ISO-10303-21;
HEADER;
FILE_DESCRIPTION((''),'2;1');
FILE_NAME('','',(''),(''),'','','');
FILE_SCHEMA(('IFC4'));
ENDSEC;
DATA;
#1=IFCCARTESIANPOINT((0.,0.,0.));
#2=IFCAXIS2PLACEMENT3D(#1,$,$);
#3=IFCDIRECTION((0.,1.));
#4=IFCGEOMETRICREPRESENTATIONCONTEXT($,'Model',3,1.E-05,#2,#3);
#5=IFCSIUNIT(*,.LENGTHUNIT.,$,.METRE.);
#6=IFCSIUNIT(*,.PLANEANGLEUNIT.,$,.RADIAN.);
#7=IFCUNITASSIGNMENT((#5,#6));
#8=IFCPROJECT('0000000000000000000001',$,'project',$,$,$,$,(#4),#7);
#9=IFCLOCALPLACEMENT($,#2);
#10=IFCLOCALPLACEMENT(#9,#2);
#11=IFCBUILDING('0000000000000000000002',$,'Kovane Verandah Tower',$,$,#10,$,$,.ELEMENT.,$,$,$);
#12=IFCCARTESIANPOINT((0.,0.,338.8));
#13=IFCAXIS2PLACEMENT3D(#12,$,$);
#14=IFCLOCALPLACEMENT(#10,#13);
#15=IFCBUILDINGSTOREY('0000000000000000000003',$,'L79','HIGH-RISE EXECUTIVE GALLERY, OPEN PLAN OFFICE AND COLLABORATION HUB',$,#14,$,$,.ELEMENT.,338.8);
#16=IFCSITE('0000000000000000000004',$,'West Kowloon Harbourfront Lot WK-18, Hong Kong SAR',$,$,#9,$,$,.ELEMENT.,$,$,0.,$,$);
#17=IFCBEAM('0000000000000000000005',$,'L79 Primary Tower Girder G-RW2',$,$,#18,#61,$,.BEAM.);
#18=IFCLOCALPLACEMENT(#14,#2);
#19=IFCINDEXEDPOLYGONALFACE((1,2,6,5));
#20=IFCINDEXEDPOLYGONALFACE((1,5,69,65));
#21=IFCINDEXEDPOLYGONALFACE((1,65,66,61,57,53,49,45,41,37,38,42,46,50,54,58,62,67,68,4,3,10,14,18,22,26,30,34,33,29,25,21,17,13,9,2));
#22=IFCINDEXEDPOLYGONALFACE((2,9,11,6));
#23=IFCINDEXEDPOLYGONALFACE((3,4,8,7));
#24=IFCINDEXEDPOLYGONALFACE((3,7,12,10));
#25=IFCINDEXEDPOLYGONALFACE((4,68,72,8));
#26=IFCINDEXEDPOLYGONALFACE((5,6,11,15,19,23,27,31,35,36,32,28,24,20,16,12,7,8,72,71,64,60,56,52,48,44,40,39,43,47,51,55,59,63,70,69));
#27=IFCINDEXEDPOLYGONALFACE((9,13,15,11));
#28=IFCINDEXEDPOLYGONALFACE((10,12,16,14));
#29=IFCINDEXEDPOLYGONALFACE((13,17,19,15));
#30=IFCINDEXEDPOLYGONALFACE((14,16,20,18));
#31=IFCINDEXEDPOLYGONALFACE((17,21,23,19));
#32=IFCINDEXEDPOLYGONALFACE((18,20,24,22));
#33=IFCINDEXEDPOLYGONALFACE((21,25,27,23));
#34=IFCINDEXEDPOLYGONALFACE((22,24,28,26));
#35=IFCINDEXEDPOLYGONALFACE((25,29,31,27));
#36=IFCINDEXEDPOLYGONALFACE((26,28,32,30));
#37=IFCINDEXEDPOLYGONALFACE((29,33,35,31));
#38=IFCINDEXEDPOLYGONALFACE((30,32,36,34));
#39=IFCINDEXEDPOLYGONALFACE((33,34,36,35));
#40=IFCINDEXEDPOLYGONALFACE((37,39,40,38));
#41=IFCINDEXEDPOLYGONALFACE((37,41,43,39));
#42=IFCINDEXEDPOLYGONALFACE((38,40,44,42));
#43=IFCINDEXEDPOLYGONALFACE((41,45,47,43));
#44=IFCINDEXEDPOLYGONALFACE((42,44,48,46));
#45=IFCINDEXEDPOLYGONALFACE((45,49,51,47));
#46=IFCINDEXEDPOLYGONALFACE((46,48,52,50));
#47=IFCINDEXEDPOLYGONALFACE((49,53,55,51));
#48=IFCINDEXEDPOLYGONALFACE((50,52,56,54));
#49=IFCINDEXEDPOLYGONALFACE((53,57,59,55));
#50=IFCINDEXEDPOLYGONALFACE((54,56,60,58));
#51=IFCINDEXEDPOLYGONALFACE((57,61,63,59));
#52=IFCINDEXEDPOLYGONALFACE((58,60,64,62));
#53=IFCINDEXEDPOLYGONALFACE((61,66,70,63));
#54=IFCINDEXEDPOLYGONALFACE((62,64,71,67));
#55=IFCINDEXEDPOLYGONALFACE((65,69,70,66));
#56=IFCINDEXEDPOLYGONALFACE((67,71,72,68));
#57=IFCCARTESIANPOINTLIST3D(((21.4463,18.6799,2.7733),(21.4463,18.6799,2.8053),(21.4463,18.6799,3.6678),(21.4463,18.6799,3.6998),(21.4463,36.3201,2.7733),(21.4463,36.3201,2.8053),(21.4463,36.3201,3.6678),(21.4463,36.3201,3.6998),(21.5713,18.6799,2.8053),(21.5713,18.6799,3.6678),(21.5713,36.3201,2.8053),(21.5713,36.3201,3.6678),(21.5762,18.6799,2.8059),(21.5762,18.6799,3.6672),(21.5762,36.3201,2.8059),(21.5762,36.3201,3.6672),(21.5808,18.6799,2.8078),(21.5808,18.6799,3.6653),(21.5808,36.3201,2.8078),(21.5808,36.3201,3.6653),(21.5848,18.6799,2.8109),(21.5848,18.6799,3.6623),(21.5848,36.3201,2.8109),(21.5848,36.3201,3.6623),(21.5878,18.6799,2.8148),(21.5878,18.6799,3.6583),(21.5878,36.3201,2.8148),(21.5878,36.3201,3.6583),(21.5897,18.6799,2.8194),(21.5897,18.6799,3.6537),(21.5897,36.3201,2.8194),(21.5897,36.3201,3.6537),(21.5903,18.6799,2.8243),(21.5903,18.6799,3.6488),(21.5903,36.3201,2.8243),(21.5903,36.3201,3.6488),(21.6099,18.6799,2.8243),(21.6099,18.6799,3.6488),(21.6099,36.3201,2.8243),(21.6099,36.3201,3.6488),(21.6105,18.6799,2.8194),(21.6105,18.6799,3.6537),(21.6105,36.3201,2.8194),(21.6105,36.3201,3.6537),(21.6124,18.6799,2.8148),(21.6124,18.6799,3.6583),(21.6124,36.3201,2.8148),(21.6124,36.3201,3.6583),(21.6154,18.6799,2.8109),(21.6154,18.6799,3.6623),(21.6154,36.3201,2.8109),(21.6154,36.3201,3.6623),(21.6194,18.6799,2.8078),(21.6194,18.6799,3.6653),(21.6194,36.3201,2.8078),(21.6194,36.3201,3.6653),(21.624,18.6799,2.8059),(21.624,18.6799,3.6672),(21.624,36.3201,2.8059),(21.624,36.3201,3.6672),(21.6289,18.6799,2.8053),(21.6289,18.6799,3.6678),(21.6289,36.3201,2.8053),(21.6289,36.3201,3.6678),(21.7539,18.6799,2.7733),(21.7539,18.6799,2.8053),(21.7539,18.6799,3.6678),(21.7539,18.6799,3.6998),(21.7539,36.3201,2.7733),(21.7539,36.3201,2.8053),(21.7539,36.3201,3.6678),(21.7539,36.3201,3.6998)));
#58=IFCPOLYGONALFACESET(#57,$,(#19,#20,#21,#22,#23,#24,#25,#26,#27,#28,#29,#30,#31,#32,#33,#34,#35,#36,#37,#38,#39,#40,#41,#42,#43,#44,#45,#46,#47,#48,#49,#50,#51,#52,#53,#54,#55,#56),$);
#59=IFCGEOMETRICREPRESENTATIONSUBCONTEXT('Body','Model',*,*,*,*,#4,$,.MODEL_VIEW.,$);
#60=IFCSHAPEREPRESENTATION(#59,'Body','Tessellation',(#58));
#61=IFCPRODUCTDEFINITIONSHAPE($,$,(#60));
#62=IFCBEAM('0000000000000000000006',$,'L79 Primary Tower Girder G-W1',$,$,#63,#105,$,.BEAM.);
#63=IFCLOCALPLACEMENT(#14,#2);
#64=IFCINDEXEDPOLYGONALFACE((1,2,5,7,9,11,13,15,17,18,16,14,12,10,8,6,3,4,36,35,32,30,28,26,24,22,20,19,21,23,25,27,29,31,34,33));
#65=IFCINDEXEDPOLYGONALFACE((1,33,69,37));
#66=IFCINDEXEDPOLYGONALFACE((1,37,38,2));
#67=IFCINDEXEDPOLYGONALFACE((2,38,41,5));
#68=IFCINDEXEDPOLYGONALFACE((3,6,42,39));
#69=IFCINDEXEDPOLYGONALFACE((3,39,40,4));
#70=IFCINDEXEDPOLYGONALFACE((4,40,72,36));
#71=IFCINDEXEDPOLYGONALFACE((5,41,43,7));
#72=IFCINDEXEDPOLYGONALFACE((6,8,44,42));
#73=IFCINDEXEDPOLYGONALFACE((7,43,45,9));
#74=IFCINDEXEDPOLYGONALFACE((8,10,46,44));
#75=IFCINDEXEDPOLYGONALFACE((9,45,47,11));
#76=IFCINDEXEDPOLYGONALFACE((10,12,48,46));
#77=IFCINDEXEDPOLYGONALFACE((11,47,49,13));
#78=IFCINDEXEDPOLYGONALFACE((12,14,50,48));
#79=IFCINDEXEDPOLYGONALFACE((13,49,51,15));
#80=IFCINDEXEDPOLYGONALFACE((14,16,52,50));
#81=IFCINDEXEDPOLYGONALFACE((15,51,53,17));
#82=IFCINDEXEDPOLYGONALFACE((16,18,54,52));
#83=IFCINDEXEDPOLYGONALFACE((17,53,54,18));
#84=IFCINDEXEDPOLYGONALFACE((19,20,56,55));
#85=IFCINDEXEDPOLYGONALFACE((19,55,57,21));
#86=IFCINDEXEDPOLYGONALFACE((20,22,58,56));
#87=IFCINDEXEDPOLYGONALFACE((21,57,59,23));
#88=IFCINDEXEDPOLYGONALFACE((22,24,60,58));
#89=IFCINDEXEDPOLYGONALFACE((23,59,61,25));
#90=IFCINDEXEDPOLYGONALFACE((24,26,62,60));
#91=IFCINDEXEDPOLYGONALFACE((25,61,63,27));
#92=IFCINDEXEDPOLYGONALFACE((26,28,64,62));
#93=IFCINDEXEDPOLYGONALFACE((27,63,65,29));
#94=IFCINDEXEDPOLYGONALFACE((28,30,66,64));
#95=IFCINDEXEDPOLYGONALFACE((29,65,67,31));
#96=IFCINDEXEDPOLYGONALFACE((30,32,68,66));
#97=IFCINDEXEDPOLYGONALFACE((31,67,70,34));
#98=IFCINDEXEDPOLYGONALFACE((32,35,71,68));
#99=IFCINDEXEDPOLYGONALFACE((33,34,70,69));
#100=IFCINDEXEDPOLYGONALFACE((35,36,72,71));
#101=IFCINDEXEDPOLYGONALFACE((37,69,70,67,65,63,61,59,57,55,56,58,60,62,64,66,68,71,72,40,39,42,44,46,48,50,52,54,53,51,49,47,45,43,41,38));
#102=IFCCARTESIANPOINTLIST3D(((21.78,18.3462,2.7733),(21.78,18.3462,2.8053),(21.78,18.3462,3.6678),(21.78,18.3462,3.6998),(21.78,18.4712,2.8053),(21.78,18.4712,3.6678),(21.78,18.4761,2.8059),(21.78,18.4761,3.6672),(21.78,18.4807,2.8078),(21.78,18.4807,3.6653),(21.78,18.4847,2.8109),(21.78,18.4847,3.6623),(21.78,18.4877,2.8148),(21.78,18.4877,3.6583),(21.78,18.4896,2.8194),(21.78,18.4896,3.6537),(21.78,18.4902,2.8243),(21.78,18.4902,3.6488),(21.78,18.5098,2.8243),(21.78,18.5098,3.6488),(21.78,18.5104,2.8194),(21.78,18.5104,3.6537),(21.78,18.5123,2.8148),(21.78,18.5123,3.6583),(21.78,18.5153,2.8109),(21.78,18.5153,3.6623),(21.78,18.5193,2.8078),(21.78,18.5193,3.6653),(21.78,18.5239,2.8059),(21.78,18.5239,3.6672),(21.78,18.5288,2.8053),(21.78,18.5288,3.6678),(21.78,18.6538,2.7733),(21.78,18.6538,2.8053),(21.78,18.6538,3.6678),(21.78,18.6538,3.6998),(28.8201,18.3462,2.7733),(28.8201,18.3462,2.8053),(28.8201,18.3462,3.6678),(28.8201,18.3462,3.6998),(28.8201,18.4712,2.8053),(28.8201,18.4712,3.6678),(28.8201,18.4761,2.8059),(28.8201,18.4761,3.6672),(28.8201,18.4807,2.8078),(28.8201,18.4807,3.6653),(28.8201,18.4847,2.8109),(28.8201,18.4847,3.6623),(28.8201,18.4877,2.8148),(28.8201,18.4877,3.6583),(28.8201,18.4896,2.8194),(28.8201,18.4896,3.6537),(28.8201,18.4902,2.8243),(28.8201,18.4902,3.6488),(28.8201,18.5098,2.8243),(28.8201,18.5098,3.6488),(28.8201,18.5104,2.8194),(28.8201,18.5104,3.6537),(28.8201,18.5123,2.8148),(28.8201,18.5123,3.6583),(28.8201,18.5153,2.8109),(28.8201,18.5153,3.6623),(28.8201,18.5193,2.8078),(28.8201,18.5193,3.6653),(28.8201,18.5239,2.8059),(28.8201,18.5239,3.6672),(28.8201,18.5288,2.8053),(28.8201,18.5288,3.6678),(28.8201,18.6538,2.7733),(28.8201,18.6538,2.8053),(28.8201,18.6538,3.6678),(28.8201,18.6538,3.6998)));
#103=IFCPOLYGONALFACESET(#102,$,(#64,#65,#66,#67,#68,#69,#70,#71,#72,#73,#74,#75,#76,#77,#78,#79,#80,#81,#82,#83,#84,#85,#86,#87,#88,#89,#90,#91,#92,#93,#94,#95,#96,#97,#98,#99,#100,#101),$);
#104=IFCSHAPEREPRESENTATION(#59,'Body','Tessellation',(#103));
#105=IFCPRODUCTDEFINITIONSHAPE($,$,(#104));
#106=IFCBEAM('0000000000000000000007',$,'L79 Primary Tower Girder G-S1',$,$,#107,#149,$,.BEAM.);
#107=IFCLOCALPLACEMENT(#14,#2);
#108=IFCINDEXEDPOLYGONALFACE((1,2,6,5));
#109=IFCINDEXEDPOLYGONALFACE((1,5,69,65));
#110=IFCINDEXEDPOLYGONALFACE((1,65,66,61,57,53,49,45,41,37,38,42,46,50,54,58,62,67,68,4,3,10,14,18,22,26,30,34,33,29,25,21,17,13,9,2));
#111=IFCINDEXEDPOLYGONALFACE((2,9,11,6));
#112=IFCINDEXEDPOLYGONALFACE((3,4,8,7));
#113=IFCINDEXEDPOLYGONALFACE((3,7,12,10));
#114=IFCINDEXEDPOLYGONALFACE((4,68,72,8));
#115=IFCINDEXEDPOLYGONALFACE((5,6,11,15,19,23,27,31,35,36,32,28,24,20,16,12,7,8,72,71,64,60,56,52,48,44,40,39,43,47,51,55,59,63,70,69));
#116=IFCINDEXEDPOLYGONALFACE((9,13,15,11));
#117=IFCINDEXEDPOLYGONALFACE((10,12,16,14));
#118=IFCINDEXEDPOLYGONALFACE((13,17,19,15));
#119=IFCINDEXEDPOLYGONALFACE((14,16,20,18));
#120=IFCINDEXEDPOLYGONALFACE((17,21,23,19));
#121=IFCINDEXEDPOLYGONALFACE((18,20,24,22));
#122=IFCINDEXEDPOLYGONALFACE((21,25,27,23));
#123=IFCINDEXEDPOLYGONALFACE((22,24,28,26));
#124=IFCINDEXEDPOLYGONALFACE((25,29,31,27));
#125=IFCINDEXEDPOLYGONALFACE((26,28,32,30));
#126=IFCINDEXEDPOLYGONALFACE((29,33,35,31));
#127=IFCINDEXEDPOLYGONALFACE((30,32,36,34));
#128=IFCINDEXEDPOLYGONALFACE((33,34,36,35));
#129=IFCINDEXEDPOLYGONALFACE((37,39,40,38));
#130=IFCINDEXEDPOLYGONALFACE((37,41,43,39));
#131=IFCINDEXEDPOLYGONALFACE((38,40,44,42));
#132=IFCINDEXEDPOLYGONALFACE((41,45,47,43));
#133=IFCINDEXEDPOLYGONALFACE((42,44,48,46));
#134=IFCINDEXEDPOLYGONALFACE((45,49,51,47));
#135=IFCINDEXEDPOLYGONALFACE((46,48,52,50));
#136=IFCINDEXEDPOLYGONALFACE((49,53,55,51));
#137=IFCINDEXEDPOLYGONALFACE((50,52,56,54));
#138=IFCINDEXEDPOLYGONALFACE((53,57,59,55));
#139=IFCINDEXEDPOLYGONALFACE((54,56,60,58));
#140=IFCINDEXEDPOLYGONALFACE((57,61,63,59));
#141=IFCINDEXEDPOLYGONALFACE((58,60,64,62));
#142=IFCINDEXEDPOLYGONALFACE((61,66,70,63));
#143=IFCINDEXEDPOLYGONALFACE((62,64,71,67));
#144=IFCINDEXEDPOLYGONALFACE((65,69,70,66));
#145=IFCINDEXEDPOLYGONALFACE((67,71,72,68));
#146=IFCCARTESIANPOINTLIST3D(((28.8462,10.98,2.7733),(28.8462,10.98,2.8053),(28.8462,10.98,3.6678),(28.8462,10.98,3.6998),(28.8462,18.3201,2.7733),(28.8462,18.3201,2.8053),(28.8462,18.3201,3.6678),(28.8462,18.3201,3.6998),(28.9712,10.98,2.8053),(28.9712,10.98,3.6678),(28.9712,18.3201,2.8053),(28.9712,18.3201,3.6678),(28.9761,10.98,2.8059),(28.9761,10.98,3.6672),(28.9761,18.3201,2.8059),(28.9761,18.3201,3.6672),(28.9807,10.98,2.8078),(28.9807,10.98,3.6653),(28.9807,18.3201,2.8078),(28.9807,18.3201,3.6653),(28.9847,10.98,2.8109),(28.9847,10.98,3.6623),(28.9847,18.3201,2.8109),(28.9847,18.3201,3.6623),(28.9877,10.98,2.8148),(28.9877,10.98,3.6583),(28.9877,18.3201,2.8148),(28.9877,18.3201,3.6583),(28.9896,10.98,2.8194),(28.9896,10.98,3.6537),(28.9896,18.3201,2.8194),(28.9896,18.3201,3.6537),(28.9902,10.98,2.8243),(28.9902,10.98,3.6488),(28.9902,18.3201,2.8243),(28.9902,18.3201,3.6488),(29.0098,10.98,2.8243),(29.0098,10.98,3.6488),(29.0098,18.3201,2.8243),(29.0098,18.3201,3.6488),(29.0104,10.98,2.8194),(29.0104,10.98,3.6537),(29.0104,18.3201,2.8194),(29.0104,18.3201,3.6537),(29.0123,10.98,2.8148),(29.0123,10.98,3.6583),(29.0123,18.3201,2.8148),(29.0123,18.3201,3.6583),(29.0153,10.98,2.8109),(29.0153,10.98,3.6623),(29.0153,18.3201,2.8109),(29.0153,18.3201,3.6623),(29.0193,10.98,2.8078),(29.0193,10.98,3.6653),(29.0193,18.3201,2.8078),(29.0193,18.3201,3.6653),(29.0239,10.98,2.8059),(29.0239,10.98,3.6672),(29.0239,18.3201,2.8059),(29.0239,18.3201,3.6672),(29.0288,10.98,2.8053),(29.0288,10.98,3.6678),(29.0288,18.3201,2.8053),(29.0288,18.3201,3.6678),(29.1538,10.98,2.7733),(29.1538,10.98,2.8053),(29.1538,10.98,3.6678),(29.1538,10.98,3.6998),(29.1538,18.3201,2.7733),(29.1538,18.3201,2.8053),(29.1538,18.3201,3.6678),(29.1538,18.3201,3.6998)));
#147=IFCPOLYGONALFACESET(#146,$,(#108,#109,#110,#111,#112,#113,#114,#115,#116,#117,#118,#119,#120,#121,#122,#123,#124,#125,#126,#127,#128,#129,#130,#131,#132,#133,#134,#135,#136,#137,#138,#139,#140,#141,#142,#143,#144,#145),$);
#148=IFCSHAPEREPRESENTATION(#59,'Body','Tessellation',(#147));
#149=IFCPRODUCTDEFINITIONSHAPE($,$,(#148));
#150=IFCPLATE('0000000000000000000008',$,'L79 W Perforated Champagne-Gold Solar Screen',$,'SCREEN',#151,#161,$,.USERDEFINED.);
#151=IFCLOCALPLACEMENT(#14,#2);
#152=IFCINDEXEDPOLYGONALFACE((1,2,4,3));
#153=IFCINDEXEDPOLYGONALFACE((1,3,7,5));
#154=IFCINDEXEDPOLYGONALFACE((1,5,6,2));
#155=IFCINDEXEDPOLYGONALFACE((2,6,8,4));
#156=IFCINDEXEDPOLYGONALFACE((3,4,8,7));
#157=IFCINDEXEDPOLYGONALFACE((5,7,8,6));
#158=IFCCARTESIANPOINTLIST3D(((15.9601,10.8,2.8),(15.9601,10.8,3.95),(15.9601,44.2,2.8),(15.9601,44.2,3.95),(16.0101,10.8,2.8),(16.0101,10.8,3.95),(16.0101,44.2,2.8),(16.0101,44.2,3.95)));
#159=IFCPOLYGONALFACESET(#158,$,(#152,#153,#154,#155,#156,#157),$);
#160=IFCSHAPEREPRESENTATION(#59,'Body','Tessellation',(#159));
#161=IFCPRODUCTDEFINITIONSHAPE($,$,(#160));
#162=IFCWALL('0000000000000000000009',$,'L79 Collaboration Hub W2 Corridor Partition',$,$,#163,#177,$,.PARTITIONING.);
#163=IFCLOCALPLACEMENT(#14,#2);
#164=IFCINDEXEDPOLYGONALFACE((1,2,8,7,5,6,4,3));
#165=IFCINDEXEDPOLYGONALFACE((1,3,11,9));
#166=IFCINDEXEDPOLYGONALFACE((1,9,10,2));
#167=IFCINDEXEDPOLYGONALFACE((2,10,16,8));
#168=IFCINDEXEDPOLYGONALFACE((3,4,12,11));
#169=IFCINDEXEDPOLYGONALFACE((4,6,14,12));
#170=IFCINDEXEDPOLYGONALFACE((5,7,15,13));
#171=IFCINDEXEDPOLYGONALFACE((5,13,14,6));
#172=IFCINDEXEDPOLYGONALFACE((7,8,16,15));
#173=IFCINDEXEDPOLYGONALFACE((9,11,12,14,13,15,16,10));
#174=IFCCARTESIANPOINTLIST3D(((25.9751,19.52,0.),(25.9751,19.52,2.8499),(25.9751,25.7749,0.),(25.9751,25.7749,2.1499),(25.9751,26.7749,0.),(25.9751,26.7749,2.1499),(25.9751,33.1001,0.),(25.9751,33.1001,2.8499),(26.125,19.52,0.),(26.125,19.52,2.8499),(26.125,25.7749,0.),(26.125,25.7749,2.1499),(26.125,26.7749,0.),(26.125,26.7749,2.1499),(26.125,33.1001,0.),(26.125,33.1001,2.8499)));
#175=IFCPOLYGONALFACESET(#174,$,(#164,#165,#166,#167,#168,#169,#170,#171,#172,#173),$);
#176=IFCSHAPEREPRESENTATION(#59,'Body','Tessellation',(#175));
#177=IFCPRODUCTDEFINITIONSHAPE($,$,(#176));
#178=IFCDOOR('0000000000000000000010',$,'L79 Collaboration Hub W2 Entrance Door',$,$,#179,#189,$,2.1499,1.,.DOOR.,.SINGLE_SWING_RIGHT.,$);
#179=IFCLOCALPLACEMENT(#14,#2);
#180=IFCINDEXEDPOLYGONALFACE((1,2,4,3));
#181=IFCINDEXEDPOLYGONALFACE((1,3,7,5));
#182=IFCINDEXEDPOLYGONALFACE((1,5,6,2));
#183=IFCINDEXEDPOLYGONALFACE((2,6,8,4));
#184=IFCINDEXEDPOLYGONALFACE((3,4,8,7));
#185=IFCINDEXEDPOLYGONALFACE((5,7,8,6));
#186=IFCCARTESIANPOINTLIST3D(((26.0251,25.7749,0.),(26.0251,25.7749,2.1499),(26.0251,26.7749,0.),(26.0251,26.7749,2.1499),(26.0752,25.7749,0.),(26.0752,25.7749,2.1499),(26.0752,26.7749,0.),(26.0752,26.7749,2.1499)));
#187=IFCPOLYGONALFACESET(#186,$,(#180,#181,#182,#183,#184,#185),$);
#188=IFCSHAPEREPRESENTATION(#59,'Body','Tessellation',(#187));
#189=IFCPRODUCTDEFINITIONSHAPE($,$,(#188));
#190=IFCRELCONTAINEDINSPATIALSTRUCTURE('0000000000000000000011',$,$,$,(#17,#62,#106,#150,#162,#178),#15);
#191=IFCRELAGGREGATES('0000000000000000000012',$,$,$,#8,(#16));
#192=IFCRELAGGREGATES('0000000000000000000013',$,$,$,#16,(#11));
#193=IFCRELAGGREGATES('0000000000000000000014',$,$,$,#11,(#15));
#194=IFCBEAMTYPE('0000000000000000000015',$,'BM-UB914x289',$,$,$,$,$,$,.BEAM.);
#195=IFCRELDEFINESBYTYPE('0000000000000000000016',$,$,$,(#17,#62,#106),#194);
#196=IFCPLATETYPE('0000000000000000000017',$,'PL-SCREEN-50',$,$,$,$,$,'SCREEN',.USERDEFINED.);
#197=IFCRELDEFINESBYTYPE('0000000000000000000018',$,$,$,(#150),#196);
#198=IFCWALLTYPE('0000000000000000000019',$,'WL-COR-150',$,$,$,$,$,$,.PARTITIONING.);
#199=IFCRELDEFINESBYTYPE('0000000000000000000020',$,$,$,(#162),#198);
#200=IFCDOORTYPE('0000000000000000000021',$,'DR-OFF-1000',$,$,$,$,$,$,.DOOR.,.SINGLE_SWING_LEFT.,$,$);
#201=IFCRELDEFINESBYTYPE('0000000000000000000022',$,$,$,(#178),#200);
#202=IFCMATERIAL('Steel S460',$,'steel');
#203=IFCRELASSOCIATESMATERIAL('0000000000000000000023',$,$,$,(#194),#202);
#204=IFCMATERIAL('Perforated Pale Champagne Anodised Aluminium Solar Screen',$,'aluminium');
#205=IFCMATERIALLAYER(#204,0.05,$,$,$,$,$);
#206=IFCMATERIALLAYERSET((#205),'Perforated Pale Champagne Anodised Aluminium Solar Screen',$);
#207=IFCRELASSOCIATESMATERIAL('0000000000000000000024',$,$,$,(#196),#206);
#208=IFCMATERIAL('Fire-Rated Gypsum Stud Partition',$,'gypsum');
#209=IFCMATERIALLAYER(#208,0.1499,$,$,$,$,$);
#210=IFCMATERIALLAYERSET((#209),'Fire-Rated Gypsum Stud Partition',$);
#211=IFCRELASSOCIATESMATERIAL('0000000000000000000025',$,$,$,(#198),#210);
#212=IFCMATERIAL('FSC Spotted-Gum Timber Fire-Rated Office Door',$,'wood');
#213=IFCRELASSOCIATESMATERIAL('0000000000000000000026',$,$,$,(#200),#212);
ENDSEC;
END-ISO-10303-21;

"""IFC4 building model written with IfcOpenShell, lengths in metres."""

from ifc_helpers import new_model, si_unit, direction, frame, frame_2d, origin, origin_2d, place, context, subcontext, project, spatial, rectangle, i_section, extrude, material, layer, layer_set, material_profile, profile_set, type_object, element, fill, save


model = new_model("IFC4")

# Units and contexts
model_context = context("Model", 3, precision=1e-05, world=origin(), true_north=direction((0.0, 1.0)))
body_context = subcontext(model_context, "Body", "Model", "MODEL_VIEW")
ifc_project = project(units=[si_unit("LENGTHUNIT", "METRE"), si_unit("PLANEANGLEUNIT", "RADIAN")], contexts=[model_context])

# Site, building, storey
site_placement = place(None, origin())
site = spatial("IfcSite", under=ifc_project, at=site_placement, Name="West Kowloon Harbourfront Lot WK-18, Hong Kong SAR", CompositionType="ELEMENT", RefElevation=0.0)
building_placement = place(site_placement, origin())
building = spatial("IfcBuilding", under=site, at=building_placement, Name="Kovane Verandah Tower", CompositionType="ELEMENT")
storey_placement = place(building_placement, frame((0.0, 0.0, 338.8)))
storey = spatial("IfcBuildingStorey", under=building, at=storey_placement, Name="L79", Description="HIGH-RISE EXECUTIVE GALLERY, OPEN PLAN OFFICE AND COLLABORATION HUB", CompositionType="ELEMENT", Elevation=338.8)

# Shared definitions
ifc_material_1 = material(Name="Steel S460", Category="steel")

# Beams
ifc_material_profile_1 = material_profile(ifc_material_1, i_section(OverallWidth=0.3076, OverallDepth=0.9265, WebThickness=0.0195, FlangeThickness=0.032, FilletRadius=0.019, at=origin_2d()), Name="UB914x305x289")
ifc_profile_set_1 = profile_set([ifc_material_profile_1], Name="Steel S460")
beam_type_1 = type_object("IfcBeamType", Name="BM-UB914x289", PredefinedType="BEAM", material=ifc_profile_set_1)
beam_1_placement = place(storey_placement, frame((21.6001, 18.6799, 3.2366), z_axis=(0.0, 1.0, 0.0), x_axis=(-1.0, 0.0, 0.0)))
element("IfcBeam", 1, at=beam_1_placement, inside=storey, type_object=beam_type_1, Name="L79 Primary Tower Girder G-RW2", PredefinedType="BEAM", context=body_context, shape_type="SweptSolid", body=[
    extrude(i_section(OverallWidth=0.3076, OverallDepth=0.9265, WebThickness=0.0195, FlangeThickness=0.032, FilletRadius=0.019, at=origin_2d()), origin(), (0.0, 0.0, 1.0), 17.6401),
])
beam_2_placement = place(storey_placement, frame((28.8201, 18.5, 3.2366), z_axis=(-1.0, 0.0, 0.0), x_axis=(0.0, -1.0, 0.0)))
element("IfcBeam", 2, at=beam_2_placement, inside=storey, type_object=beam_type_1, Name="L79 Primary Tower Girder G-W1", PredefinedType="BEAM", context=body_context, shape_type="SweptSolid", body=[
    extrude(i_section(OverallWidth=0.3076, OverallDepth=0.9265, WebThickness=0.0195, FlangeThickness=0.032, FilletRadius=0.019, at=origin_2d()), origin(), (0.0, 0.0, 1.0), 7.04),
])
beam_3_placement = place(storey_placement, frame((29.0, 18.3201, 3.2366), z_axis=(0.0, -1.0, 0.0), x_axis=(1.0, 0.0, 0.0)))
element("IfcBeam", 3, at=beam_3_placement, inside=storey, type_object=beam_type_1, Name="L79 Primary Tower Girder G-S1", PredefinedType="BEAM", context=body_context, shape_type="SweptSolid", body=[
    extrude(i_section(OverallWidth=0.3076, OverallDepth=0.9265, WebThickness=0.0195, FlangeThickness=0.032, FilletRadius=0.019, at=origin_2d()), origin(), (0.0, 0.0, 1.0), 7.3401),
])

# Plate
ifc_material_2 = material(Name="Perforated Pale Champagne Anodised Aluminium Solar Screen", Category="aluminium")
ifc_layer_1 = layer(ifc_material_2, 0.05)
ifc_layer_set_1 = layer_set([ifc_layer_1], Name="Perforated Pale Champagne Anodised Aluminium Solar Screen")
plate_type = type_object("IfcPlateType", Name="PL-SCREEN-50", ElementType="SCREEN", PredefinedType="USERDEFINED", material=ifc_layer_set_1)
plate_placement = place(storey_placement, frame((15.9851, 27.5, 2.8), z_axis=(0.0, 0.0, 1.0), x_axis=(0.0, -1.0, 0.0)))
element("IfcPlate", 4, at=plate_placement, inside=storey, type_object=plate_type, Name="L79 W Perforated Champagne-Gold Solar Screen", ObjectType="SCREEN", PredefinedType="USERDEFINED", context=body_context, shape_type="SweptSolid", body=[
    extrude(rectangle(XDim=33.3999, YDim=0.05, at=origin_2d()), origin(), (0.0, 0.0, 1.0), 1.1499),
])

# Wall, opening, door
ifc_material_3 = material(Name="Fire-Rated Gypsum Stud Partition", Category="gypsum")
ifc_layer_2 = layer(ifc_material_3, 0.1499)
ifc_layer_set_2 = layer_set([ifc_layer_2], Name="Fire-Rated Gypsum Stud Partition")
wall_type_1 = type_object("IfcWallType", Name="WL-COR-150", PredefinedType="PARTITIONING", material=ifc_layer_set_2)
wall_1_placement = place(storey_placement, frame((26.05, 19.52, 0.0), z_axis=(0.0, 0.0, 1.0), x_axis=(0.0, 1.0, 0.0)))
wall_1 = element("IfcWall", 5, at=wall_1_placement, inside=storey, type_object=wall_type_1, Name="L79 Collaboration Hub W2 Corridor Partition", PredefinedType="PARTITIONING", context=body_context, shape_type="SweptSolid", body=[
    extrude(rectangle(XDim=13.5801, YDim=0.1499, at=frame_2d((6.79, 0.0))), origin(), (0.0, 0.0, 1.0), 2.8499),
])
opening_1_placement = place(wall_1_placement, frame((6.2549, 0.0, 0.0)))
opening_1 = element("IfcOpeningElement", 6, at=opening_1_placement, cuts=wall_1, PredefinedType="OPENING", context=body_context, shape_type="SweptSolid", body=[
    extrude(rectangle(XDim=1.0, YDim=2.1499, at=frame_2d((0.5, 1.075))), frame((0.0, 0.075, 0.0), z_axis=(0.0, -1.0, 0.0), x_axis=(1.0, 0.0, 0.0)), (0.0, 0.0, 1.0), 0.1499),
])
ifc_material_4 = material(Name="FSC Spotted-Gum Timber Fire-Rated Office Door", Category="wood")
door_type_1 = type_object("IfcDoorType", Name="DR-OFF-1000", OperationType="SINGLE_SWING_LEFT", PredefinedType="DOOR", material=ifc_material_4)
door_1_placement = place(opening_1_placement, origin())
door_1 = element("IfcDoor", 7, at=door_1_placement, inside=storey, type_object=door_type_1, Name="L79 Collaboration Hub W2 Entrance Door", OperationType="SINGLE_SWING_RIGHT", OverallHeight=2.1499, OverallWidth=1.0, PredefinedType="DOOR", context=body_context, shape_type="SweptSolid", body=[
    extrude(rectangle(XDim=1.0, YDim=2.1499, at=frame_2d((0.5, 1.075))), frame((0.0, 0.0249, 0.0), z_axis=(0.0, -1.0, 0.0), x_axis=(1.0, 0.0, 0.0)), (0.0, 0.0, 1.0), 0.05),
])
fill(opening_1, door_1)

save(model, "model.ifc")
